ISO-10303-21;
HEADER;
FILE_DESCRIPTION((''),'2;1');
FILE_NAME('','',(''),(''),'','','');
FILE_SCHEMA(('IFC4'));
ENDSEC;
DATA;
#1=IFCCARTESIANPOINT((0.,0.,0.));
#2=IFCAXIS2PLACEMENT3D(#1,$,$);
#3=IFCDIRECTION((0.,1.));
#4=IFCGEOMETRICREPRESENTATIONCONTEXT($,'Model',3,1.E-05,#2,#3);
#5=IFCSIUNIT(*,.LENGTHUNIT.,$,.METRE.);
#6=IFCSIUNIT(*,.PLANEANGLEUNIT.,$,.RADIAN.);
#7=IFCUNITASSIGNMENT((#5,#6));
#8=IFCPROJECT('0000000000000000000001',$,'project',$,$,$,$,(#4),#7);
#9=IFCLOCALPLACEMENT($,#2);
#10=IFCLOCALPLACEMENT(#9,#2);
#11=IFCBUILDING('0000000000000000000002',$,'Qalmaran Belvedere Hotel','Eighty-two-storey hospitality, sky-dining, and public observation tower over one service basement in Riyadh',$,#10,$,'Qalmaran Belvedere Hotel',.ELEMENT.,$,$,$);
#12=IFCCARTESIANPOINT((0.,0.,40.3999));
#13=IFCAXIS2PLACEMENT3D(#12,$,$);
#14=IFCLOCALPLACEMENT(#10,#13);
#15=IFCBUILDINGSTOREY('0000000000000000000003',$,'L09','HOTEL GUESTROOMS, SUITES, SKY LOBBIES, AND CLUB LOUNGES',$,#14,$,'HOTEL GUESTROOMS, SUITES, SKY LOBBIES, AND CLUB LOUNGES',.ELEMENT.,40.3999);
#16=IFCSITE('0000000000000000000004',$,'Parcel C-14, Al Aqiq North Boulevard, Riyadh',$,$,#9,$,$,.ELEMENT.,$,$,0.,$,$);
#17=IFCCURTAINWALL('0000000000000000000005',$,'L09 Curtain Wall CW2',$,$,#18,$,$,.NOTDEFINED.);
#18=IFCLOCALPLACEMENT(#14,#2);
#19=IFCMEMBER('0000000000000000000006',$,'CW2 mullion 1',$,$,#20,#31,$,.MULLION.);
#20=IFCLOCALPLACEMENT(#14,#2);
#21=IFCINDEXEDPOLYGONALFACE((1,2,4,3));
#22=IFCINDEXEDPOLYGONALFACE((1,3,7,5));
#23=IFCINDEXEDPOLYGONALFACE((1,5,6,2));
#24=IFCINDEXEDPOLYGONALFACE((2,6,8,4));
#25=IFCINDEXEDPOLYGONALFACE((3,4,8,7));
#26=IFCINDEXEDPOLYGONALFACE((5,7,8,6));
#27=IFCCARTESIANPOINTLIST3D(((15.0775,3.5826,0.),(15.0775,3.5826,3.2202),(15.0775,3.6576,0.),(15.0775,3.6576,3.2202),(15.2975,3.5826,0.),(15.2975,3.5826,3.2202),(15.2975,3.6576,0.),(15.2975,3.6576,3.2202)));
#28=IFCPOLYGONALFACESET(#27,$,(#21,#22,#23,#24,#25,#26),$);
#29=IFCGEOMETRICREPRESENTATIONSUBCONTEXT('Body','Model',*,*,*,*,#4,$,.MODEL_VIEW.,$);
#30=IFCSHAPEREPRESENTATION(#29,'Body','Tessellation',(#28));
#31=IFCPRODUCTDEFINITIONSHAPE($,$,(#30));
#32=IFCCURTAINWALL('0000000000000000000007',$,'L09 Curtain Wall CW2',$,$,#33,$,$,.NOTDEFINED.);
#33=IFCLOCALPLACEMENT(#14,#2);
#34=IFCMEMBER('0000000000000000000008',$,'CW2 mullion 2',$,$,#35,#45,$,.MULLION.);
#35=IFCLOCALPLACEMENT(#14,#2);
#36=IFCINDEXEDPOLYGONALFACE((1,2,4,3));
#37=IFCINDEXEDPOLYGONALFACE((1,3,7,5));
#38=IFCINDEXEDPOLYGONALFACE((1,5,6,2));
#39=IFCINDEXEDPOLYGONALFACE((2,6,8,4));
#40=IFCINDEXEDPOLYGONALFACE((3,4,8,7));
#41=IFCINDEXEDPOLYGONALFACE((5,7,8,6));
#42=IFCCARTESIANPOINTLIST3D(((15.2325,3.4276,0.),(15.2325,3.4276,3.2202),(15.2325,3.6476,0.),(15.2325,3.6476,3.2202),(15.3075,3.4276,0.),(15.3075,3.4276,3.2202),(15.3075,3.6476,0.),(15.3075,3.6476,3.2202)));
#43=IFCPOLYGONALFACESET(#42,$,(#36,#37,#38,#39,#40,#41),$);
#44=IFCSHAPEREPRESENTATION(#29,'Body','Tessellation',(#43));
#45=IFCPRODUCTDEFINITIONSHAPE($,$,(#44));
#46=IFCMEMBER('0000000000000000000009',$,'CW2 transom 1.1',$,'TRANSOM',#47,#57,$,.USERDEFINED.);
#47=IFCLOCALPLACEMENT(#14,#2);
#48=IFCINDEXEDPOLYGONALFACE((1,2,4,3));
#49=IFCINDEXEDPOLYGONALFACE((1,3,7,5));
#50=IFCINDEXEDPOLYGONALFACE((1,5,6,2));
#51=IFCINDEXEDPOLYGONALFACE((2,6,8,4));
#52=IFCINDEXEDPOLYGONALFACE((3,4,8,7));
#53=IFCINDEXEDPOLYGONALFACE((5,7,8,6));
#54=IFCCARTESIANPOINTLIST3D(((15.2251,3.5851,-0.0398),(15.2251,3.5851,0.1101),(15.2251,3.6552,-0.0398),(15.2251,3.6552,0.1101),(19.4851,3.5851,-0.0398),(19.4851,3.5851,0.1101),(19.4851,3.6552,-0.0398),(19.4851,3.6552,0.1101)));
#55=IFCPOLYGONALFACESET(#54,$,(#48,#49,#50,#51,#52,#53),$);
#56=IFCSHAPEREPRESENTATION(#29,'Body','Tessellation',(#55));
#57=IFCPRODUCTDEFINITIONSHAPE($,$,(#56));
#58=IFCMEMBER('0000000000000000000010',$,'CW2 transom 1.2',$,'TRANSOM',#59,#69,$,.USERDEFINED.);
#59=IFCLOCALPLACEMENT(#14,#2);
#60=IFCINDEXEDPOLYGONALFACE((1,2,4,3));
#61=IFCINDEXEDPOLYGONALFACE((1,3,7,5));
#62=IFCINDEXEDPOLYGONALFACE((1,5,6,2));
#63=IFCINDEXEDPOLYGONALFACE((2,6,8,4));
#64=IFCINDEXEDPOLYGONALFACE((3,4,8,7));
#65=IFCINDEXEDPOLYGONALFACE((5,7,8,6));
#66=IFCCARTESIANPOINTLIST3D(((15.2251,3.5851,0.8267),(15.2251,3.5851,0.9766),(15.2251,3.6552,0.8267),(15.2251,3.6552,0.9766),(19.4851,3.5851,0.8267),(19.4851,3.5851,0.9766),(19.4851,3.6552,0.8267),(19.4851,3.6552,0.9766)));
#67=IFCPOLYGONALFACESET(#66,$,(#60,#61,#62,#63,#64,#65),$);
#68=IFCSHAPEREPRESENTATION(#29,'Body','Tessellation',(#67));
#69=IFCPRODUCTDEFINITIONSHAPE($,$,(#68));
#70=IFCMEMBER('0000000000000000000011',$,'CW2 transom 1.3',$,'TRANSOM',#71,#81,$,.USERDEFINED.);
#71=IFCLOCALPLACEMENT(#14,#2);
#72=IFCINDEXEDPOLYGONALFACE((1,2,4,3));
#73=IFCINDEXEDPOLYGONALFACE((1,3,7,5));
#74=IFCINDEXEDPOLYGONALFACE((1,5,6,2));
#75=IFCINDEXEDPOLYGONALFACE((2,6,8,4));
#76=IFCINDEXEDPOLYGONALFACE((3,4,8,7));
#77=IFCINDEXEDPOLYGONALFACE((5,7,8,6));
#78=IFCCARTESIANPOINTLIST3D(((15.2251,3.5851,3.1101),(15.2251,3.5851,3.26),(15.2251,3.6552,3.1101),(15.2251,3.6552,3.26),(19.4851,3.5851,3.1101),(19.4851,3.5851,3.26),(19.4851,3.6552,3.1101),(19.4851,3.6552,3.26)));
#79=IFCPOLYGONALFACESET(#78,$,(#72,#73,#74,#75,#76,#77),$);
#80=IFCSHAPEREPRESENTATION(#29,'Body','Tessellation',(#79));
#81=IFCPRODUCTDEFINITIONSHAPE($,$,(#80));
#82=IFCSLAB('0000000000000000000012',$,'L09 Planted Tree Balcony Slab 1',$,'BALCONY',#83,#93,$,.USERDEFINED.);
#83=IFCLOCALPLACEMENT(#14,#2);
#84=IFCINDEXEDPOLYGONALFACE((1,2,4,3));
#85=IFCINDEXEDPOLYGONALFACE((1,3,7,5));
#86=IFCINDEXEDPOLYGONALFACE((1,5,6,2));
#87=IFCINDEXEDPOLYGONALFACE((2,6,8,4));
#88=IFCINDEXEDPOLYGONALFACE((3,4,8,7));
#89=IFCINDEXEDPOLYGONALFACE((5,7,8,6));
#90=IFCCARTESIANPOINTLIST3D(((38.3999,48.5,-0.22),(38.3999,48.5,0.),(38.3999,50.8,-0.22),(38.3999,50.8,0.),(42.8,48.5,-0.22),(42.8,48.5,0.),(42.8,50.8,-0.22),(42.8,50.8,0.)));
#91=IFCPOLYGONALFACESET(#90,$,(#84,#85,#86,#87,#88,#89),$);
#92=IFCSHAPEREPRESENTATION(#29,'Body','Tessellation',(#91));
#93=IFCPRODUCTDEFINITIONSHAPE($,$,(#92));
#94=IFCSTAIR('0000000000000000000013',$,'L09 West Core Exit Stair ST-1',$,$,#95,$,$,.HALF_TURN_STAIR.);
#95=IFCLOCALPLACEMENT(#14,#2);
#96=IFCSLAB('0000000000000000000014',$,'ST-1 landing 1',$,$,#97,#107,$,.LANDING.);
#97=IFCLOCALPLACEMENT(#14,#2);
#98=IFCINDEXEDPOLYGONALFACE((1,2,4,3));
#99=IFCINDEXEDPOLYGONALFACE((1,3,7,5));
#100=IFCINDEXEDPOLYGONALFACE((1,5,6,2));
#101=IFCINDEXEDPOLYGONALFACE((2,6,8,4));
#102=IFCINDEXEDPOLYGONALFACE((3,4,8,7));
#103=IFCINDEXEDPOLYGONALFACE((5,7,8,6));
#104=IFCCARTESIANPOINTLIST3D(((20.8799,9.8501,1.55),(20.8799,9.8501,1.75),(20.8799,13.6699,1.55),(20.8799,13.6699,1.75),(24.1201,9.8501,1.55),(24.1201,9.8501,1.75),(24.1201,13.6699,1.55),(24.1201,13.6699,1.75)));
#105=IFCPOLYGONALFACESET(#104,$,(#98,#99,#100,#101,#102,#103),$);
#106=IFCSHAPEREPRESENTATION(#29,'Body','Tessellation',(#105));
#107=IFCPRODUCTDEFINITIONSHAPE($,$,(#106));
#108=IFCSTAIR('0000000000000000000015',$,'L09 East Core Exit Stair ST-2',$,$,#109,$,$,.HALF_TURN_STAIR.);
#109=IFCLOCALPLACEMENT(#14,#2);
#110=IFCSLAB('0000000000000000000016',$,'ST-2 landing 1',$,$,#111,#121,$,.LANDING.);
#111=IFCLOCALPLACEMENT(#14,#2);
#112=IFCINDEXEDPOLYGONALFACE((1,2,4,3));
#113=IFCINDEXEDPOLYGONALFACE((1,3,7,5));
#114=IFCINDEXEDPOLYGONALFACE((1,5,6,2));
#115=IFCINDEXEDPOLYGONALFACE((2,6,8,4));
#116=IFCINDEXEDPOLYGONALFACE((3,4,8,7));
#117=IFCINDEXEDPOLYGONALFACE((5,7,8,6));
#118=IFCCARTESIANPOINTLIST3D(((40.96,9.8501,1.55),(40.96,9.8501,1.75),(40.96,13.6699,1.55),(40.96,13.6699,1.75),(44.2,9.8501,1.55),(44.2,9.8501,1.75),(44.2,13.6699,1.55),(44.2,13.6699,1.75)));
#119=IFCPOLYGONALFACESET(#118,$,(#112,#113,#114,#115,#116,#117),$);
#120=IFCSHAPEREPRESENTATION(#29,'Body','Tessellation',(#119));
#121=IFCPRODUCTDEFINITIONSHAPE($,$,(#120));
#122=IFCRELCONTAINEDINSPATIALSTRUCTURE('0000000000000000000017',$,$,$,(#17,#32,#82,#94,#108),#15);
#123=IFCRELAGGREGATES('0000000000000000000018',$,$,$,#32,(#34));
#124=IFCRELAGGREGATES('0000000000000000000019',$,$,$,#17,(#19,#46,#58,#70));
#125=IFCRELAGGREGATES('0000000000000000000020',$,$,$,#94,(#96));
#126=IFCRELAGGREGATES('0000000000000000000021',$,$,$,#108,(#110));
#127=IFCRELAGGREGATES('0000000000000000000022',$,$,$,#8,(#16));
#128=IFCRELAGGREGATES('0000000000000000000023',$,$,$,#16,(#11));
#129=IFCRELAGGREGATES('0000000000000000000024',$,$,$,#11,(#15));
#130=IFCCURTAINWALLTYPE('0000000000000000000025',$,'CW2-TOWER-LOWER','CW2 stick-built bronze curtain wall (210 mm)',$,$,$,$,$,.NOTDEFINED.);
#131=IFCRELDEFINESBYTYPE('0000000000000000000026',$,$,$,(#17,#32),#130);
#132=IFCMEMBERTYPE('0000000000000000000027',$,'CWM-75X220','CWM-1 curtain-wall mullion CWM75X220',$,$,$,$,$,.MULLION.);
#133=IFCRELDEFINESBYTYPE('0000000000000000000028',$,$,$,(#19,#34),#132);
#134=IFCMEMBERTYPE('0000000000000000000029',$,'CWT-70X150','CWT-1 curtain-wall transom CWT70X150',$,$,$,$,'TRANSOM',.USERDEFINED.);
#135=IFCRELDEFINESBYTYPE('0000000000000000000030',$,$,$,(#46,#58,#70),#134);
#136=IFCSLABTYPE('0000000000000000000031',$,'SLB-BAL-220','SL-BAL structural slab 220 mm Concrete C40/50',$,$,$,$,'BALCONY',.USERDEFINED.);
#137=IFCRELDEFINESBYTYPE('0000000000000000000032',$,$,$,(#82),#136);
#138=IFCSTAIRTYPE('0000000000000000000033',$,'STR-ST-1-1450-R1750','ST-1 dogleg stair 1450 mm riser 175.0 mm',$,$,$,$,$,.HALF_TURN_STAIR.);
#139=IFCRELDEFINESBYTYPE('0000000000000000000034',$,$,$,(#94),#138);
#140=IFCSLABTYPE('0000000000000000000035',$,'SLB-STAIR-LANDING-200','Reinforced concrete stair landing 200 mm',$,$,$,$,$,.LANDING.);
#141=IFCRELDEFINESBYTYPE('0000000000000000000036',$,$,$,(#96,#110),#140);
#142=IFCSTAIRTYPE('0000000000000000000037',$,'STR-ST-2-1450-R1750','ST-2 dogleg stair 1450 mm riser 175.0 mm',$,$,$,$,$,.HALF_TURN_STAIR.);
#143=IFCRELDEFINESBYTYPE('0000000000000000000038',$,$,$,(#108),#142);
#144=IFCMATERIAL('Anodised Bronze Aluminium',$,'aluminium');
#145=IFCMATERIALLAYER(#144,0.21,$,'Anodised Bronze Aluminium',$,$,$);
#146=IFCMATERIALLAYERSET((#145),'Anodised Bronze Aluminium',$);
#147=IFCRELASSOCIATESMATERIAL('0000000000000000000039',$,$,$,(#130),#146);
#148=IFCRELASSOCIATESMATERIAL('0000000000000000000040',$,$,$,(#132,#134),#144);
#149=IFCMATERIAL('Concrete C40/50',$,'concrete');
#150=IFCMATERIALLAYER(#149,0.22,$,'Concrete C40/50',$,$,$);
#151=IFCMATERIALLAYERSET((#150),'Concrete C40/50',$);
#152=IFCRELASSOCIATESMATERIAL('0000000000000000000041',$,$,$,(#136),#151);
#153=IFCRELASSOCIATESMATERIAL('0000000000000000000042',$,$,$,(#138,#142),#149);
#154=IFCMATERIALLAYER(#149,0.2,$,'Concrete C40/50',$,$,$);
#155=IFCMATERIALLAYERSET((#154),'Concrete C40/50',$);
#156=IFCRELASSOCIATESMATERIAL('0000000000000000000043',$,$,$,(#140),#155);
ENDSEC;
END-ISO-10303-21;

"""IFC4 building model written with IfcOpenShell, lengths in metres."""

from ifc_helpers import new_model, si_unit, direction, frame, origin, origin_2d, place, context, subcontext, project, spatial, polyline, rectangle, outline, extrude, material, layer, layer_set, material_profile, profile_set, type_object, element, aggregate, save


model = new_model("IFC4")

# Units and contexts
model_context = context("Model", 3, precision=1e-05, world=origin(), true_north=direction((0.0, 1.0)))
body_context = subcontext(model_context, "Body", "Model", "MODEL_VIEW")
ifc_project = project(units=[si_unit("LENGTHUNIT", "METRE"), si_unit("PLANEANGLEUNIT", "RADIAN")], contexts=[model_context])

# Site, building, storey
site_placement = place(None, origin())
site = spatial("IfcSite", under=ifc_project, at=site_placement, Name="Parcel C-14, Al Aqiq North Boulevard, Riyadh", CompositionType="ELEMENT", RefElevation=0.0)
building_placement = place(site_placement, origin())
building = spatial("IfcBuilding", under=site, at=building_placement, Name="Qalmaran Belvedere Hotel", Description="Eighty-two-storey hospitality, sky-dining, and public observation tower over one service basement in Riyadh", LongName="Qalmaran Belvedere Hotel", CompositionType="ELEMENT")
storey_placement = place(building_placement, frame((0.0, 0.0, 40.3999)))
storey = spatial("IfcBuildingStorey", under=building, at=storey_placement, Name="L09", Description="HOTEL GUESTROOMS, SUITES, SKY LOBBIES, AND CLUB LOUNGES", LongName="HOTEL GUESTROOMS, SUITES, SKY LOBBIES, AND CLUB LOUNGES", CompositionType="ELEMENT", Elevation=40.3999)

# Curtain walls, members
ifc_material_1 = material(Name="Anodised Bronze Aluminium", Category="aluminium")
ifc_layer_1 = layer(ifc_material_1, 0.21, Name="Anodised Bronze Aluminium")
ifc_layer_set_1 = layer_set([ifc_layer_1], Name="Anodised Bronze Aluminium")
curtain_wall_type = type_object("IfcCurtainWallType", Name="CW2-TOWER-LOWER", Description="CW2 stick-built bronze curtain wall (210 mm)", PredefinedType="NOTDEFINED", material=ifc_layer_set_1)
curtain_wall_1_placement = place(storey_placement, origin())
curtain_wall_1 = element("IfcCurtainWall", 1, at=curtain_wall_1_placement, inside=storey, type_object=curtain_wall_type, Name="L09 Curtain Wall CW2", PredefinedType="NOTDEFINED")
ifc_material_profile_1 = material_profile(ifc_material_1, rectangle(XDim=0.075, YDim=0.22, at=origin_2d()), Name="CWM75X220")
ifc_profile_set_1 = profile_set([ifc_material_profile_1], Name="Anodised Bronze Aluminium")
member_type_1 = type_object("IfcMemberType", Name="CWM-75X220", Description="CWM-1 curtain-wall mullion CWM75X220", PredefinedType="MULLION", material=ifc_profile_set_1)
member_1_placement = place(storey_placement, frame((15.1875, 3.6201, 0.0), z_axis=(0.0, 0.0, 1.0), x_axis=(0.0, 1.0, 0.0)))
member_1 = element("IfcMember", 2, at=member_1_placement, type_object=member_type_1, Name="CW2 mullion 1", PredefinedType="MULLION", context=body_context, shape_type="SweptSolid", body=[
    extrude(rectangle(XDim=0.075, YDim=0.22, at=origin_2d()), origin(), (0.0, 0.0, 1.0), 3.2202),
])
curtain_wall_2_placement = place(storey_placement, origin())
curtain_wall_2 = element("IfcCurtainWall", 3, at=curtain_wall_2_placement, inside=storey, type_object=curtain_wall_type, Name="L09 Curtain Wall CW2", PredefinedType="NOTDEFINED")
member_2_placement = place(storey_placement, frame((15.27, 3.5376, 0.0), z_axis=(0.0, 0.0, 1.0), x_axis=(1.0, 0.0, 0.0)))
member_2 = element("IfcMember", 4, at=member_2_placement, type_object=member_type_1, Name="CW2 mullion 2", PredefinedType="MULLION", context=body_context, shape_type="SweptSolid", body=[
    extrude(rectangle(XDim=0.075, YDim=0.22, at=origin_2d()), origin(), (0.0, 0.0, 1.0), 3.2202),
])
aggregate(curtain_wall_2, [member_2])

# Members
ifc_material_profile_2 = material_profile(ifc_material_1, rectangle(XDim=0.0701, YDim=0.1499, at=origin_2d()), Name="CWT70X150")
ifc_profile_set_2 = profile_set([ifc_material_profile_2], Name="Anodised Bronze Aluminium")
member_type_2 = type_object("IfcMemberType", Name="CWT-70X150", Description="CWT-1 curtain-wall transom CWT70X150", ElementType="TRANSOM", PredefinedType="USERDEFINED", material=ifc_profile_set_2)
member_3_placement = place(storey_placement, frame((15.2251, 3.6201, 0.0352), z_axis=(1.0, 0.0, 0.0), x_axis=(0.0, 1.0, 0.0)))
member_3 = element("IfcMember", 5, at=member_3_placement, type_object=member_type_2, Name="CW2 transom 1.1", ObjectType="TRANSOM", PredefinedType="USERDEFINED", context=body_context, shape_type="SweptSolid", body=[
    extrude(rectangle(XDim=0.0701, YDim=0.1499, at=origin_2d()), origin(), (0.0, 0.0, 1.0), 4.26),
])
member_4_placement = place(storey_placement, frame((15.2251, 3.6201, 0.9016), z_axis=(1.0, 0.0, 0.0), x_axis=(0.0, 1.0, 0.0)))
member_4 = element("IfcMember", 6, at=member_4_placement, type_object=member_type_2, Name="CW2 transom 1.2", ObjectType="TRANSOM", PredefinedType="USERDEFINED", context=body_context, shape_type="SweptSolid", body=[
    extrude(rectangle(XDim=0.0701, YDim=0.1499, at=origin_2d()), origin(), (0.0, 0.0, 1.0), 4.26),
])
member_5_placement = place(storey_placement, frame((15.2251, 3.6201, 3.1851), z_axis=(1.0, 0.0, 0.0), x_axis=(0.0, 1.0, 0.0)))
member_5 = element("IfcMember", 7, at=member_5_placement, type_object=member_type_2, Name="CW2 transom 1.3", ObjectType="TRANSOM", PredefinedType="USERDEFINED", context=body_context, shape_type="SweptSolid", body=[
    extrude(rectangle(XDim=0.0701, YDim=0.1499, at=origin_2d()), origin(), (0.0, 0.0, 1.0), 4.26),
])
aggregate(curtain_wall_1, [member_1, member_3, member_4, member_5])

# Slab
ifc_material_2 = material(Name="Concrete C40/50", Category="concrete")
ifc_layer_2 = layer(ifc_material_2, 0.22, Name="Concrete C40/50")
ifc_layer_set_2 = layer_set([ifc_layer_2], Name="Concrete C40/50")
slab_type_1 = type_object("IfcSlabType", Name="SLB-BAL-220", Description="SL-BAL structural slab 220 mm Concrete C40/50", ElementType="BALCONY", PredefinedType="USERDEFINED", material=ifc_layer_set_2)
slab_1_placement = place(storey_placement, frame((0.0, 0.0, -0.22)))
element("IfcSlab", 8, at=slab_1_placement, inside=storey, type_object=slab_type_1, Name="L09 Planted Tree Balcony Slab 1", ObjectType="BALCONY", PredefinedType="USERDEFINED", context=body_context, shape_type="SweptSolid", body=[
    extrude(outline(polyline([(38.3999, 48.5), (42.8, 48.5), (42.8, 50.8), (38.3999, 50.8), (38.3999, 48.5)])), origin(), (0.0, 0.0, 1.0), 0.22),
])

# Stairs, slabs
stair_type_1 = type_object("IfcStairType", Name="STR-ST-1-1450-R1750", Description="ST-1 dogleg stair 1450 mm riser 175.0 mm", PredefinedType="HALF_TURN_STAIR", material=ifc_material_2)
stair_1_placement = place(storey_placement, origin())
stair_1 = element("IfcStair", 9, at=stair_1_placement, inside=storey, type_object=stair_type_1, Name="L09 West Core Exit Stair ST-1", PredefinedType="HALF_TURN_STAIR")
ifc_layer_3 = layer(ifc_material_2, 0.2, Name="Concrete C40/50")
ifc_layer_set_3 = layer_set([ifc_layer_3], Name="Concrete C40/50")
slab_type_2 = type_object("IfcSlabType", Name="SLB-STAIR-LANDING-200", Description="Reinforced concrete stair landing 200 mm", PredefinedType="LANDING", material=ifc_layer_set_3)
slab_2_placement = place(storey_placement, frame((0.0, 0.0, 1.55)))
slab_2 = element("IfcSlab", 10, at=slab_2_placement, type_object=slab_type_2, Name="ST-1 landing 1", PredefinedType="LANDING", context=body_context, shape_type="SweptSolid", body=[
    extrude(outline(polyline([(20.8799, 13.6699), (20.8799, 9.8501), (24.1201, 9.8501), (24.1201, 13.6699), (20.8799, 13.6699)])), origin(), (0.0, 0.0, 1.0), 0.2),
])
aggregate(stair_1, [slab_2])
stair_type_2 = type_object("IfcStairType", Name="STR-ST-2-1450-R1750", Description="ST-2 dogleg stair 1450 mm riser 175.0 mm", PredefinedType="HALF_TURN_STAIR", material=ifc_material_2)
stair_2_placement = place(storey_placement, origin())
stair_2 = element("IfcStair", 11, at=stair_2_placement, inside=storey, type_object=stair_type_2, Name="L09 East Core Exit Stair ST-2", PredefinedType="HALF_TURN_STAIR")
slab_3_placement = place(storey_placement, frame((0.0, 0.0, 1.55)))
slab_3 = element("IfcSlab", 12, at=slab_3_placement, type_object=slab_type_2, Name="ST-2 landing 1", PredefinedType="LANDING", context=body_context, shape_type="SweptSolid", body=[
    extrude(outline(polyline([(40.96, 13.6699), (40.96, 9.8501), (44.2, 9.8501), (44.2, 13.6699), (40.96, 13.6699)])), origin(), (0.0, 0.0, 1.0), 0.2),
])
aggregate(stair_2, [slab_3])

save(model, "model.ifc")
